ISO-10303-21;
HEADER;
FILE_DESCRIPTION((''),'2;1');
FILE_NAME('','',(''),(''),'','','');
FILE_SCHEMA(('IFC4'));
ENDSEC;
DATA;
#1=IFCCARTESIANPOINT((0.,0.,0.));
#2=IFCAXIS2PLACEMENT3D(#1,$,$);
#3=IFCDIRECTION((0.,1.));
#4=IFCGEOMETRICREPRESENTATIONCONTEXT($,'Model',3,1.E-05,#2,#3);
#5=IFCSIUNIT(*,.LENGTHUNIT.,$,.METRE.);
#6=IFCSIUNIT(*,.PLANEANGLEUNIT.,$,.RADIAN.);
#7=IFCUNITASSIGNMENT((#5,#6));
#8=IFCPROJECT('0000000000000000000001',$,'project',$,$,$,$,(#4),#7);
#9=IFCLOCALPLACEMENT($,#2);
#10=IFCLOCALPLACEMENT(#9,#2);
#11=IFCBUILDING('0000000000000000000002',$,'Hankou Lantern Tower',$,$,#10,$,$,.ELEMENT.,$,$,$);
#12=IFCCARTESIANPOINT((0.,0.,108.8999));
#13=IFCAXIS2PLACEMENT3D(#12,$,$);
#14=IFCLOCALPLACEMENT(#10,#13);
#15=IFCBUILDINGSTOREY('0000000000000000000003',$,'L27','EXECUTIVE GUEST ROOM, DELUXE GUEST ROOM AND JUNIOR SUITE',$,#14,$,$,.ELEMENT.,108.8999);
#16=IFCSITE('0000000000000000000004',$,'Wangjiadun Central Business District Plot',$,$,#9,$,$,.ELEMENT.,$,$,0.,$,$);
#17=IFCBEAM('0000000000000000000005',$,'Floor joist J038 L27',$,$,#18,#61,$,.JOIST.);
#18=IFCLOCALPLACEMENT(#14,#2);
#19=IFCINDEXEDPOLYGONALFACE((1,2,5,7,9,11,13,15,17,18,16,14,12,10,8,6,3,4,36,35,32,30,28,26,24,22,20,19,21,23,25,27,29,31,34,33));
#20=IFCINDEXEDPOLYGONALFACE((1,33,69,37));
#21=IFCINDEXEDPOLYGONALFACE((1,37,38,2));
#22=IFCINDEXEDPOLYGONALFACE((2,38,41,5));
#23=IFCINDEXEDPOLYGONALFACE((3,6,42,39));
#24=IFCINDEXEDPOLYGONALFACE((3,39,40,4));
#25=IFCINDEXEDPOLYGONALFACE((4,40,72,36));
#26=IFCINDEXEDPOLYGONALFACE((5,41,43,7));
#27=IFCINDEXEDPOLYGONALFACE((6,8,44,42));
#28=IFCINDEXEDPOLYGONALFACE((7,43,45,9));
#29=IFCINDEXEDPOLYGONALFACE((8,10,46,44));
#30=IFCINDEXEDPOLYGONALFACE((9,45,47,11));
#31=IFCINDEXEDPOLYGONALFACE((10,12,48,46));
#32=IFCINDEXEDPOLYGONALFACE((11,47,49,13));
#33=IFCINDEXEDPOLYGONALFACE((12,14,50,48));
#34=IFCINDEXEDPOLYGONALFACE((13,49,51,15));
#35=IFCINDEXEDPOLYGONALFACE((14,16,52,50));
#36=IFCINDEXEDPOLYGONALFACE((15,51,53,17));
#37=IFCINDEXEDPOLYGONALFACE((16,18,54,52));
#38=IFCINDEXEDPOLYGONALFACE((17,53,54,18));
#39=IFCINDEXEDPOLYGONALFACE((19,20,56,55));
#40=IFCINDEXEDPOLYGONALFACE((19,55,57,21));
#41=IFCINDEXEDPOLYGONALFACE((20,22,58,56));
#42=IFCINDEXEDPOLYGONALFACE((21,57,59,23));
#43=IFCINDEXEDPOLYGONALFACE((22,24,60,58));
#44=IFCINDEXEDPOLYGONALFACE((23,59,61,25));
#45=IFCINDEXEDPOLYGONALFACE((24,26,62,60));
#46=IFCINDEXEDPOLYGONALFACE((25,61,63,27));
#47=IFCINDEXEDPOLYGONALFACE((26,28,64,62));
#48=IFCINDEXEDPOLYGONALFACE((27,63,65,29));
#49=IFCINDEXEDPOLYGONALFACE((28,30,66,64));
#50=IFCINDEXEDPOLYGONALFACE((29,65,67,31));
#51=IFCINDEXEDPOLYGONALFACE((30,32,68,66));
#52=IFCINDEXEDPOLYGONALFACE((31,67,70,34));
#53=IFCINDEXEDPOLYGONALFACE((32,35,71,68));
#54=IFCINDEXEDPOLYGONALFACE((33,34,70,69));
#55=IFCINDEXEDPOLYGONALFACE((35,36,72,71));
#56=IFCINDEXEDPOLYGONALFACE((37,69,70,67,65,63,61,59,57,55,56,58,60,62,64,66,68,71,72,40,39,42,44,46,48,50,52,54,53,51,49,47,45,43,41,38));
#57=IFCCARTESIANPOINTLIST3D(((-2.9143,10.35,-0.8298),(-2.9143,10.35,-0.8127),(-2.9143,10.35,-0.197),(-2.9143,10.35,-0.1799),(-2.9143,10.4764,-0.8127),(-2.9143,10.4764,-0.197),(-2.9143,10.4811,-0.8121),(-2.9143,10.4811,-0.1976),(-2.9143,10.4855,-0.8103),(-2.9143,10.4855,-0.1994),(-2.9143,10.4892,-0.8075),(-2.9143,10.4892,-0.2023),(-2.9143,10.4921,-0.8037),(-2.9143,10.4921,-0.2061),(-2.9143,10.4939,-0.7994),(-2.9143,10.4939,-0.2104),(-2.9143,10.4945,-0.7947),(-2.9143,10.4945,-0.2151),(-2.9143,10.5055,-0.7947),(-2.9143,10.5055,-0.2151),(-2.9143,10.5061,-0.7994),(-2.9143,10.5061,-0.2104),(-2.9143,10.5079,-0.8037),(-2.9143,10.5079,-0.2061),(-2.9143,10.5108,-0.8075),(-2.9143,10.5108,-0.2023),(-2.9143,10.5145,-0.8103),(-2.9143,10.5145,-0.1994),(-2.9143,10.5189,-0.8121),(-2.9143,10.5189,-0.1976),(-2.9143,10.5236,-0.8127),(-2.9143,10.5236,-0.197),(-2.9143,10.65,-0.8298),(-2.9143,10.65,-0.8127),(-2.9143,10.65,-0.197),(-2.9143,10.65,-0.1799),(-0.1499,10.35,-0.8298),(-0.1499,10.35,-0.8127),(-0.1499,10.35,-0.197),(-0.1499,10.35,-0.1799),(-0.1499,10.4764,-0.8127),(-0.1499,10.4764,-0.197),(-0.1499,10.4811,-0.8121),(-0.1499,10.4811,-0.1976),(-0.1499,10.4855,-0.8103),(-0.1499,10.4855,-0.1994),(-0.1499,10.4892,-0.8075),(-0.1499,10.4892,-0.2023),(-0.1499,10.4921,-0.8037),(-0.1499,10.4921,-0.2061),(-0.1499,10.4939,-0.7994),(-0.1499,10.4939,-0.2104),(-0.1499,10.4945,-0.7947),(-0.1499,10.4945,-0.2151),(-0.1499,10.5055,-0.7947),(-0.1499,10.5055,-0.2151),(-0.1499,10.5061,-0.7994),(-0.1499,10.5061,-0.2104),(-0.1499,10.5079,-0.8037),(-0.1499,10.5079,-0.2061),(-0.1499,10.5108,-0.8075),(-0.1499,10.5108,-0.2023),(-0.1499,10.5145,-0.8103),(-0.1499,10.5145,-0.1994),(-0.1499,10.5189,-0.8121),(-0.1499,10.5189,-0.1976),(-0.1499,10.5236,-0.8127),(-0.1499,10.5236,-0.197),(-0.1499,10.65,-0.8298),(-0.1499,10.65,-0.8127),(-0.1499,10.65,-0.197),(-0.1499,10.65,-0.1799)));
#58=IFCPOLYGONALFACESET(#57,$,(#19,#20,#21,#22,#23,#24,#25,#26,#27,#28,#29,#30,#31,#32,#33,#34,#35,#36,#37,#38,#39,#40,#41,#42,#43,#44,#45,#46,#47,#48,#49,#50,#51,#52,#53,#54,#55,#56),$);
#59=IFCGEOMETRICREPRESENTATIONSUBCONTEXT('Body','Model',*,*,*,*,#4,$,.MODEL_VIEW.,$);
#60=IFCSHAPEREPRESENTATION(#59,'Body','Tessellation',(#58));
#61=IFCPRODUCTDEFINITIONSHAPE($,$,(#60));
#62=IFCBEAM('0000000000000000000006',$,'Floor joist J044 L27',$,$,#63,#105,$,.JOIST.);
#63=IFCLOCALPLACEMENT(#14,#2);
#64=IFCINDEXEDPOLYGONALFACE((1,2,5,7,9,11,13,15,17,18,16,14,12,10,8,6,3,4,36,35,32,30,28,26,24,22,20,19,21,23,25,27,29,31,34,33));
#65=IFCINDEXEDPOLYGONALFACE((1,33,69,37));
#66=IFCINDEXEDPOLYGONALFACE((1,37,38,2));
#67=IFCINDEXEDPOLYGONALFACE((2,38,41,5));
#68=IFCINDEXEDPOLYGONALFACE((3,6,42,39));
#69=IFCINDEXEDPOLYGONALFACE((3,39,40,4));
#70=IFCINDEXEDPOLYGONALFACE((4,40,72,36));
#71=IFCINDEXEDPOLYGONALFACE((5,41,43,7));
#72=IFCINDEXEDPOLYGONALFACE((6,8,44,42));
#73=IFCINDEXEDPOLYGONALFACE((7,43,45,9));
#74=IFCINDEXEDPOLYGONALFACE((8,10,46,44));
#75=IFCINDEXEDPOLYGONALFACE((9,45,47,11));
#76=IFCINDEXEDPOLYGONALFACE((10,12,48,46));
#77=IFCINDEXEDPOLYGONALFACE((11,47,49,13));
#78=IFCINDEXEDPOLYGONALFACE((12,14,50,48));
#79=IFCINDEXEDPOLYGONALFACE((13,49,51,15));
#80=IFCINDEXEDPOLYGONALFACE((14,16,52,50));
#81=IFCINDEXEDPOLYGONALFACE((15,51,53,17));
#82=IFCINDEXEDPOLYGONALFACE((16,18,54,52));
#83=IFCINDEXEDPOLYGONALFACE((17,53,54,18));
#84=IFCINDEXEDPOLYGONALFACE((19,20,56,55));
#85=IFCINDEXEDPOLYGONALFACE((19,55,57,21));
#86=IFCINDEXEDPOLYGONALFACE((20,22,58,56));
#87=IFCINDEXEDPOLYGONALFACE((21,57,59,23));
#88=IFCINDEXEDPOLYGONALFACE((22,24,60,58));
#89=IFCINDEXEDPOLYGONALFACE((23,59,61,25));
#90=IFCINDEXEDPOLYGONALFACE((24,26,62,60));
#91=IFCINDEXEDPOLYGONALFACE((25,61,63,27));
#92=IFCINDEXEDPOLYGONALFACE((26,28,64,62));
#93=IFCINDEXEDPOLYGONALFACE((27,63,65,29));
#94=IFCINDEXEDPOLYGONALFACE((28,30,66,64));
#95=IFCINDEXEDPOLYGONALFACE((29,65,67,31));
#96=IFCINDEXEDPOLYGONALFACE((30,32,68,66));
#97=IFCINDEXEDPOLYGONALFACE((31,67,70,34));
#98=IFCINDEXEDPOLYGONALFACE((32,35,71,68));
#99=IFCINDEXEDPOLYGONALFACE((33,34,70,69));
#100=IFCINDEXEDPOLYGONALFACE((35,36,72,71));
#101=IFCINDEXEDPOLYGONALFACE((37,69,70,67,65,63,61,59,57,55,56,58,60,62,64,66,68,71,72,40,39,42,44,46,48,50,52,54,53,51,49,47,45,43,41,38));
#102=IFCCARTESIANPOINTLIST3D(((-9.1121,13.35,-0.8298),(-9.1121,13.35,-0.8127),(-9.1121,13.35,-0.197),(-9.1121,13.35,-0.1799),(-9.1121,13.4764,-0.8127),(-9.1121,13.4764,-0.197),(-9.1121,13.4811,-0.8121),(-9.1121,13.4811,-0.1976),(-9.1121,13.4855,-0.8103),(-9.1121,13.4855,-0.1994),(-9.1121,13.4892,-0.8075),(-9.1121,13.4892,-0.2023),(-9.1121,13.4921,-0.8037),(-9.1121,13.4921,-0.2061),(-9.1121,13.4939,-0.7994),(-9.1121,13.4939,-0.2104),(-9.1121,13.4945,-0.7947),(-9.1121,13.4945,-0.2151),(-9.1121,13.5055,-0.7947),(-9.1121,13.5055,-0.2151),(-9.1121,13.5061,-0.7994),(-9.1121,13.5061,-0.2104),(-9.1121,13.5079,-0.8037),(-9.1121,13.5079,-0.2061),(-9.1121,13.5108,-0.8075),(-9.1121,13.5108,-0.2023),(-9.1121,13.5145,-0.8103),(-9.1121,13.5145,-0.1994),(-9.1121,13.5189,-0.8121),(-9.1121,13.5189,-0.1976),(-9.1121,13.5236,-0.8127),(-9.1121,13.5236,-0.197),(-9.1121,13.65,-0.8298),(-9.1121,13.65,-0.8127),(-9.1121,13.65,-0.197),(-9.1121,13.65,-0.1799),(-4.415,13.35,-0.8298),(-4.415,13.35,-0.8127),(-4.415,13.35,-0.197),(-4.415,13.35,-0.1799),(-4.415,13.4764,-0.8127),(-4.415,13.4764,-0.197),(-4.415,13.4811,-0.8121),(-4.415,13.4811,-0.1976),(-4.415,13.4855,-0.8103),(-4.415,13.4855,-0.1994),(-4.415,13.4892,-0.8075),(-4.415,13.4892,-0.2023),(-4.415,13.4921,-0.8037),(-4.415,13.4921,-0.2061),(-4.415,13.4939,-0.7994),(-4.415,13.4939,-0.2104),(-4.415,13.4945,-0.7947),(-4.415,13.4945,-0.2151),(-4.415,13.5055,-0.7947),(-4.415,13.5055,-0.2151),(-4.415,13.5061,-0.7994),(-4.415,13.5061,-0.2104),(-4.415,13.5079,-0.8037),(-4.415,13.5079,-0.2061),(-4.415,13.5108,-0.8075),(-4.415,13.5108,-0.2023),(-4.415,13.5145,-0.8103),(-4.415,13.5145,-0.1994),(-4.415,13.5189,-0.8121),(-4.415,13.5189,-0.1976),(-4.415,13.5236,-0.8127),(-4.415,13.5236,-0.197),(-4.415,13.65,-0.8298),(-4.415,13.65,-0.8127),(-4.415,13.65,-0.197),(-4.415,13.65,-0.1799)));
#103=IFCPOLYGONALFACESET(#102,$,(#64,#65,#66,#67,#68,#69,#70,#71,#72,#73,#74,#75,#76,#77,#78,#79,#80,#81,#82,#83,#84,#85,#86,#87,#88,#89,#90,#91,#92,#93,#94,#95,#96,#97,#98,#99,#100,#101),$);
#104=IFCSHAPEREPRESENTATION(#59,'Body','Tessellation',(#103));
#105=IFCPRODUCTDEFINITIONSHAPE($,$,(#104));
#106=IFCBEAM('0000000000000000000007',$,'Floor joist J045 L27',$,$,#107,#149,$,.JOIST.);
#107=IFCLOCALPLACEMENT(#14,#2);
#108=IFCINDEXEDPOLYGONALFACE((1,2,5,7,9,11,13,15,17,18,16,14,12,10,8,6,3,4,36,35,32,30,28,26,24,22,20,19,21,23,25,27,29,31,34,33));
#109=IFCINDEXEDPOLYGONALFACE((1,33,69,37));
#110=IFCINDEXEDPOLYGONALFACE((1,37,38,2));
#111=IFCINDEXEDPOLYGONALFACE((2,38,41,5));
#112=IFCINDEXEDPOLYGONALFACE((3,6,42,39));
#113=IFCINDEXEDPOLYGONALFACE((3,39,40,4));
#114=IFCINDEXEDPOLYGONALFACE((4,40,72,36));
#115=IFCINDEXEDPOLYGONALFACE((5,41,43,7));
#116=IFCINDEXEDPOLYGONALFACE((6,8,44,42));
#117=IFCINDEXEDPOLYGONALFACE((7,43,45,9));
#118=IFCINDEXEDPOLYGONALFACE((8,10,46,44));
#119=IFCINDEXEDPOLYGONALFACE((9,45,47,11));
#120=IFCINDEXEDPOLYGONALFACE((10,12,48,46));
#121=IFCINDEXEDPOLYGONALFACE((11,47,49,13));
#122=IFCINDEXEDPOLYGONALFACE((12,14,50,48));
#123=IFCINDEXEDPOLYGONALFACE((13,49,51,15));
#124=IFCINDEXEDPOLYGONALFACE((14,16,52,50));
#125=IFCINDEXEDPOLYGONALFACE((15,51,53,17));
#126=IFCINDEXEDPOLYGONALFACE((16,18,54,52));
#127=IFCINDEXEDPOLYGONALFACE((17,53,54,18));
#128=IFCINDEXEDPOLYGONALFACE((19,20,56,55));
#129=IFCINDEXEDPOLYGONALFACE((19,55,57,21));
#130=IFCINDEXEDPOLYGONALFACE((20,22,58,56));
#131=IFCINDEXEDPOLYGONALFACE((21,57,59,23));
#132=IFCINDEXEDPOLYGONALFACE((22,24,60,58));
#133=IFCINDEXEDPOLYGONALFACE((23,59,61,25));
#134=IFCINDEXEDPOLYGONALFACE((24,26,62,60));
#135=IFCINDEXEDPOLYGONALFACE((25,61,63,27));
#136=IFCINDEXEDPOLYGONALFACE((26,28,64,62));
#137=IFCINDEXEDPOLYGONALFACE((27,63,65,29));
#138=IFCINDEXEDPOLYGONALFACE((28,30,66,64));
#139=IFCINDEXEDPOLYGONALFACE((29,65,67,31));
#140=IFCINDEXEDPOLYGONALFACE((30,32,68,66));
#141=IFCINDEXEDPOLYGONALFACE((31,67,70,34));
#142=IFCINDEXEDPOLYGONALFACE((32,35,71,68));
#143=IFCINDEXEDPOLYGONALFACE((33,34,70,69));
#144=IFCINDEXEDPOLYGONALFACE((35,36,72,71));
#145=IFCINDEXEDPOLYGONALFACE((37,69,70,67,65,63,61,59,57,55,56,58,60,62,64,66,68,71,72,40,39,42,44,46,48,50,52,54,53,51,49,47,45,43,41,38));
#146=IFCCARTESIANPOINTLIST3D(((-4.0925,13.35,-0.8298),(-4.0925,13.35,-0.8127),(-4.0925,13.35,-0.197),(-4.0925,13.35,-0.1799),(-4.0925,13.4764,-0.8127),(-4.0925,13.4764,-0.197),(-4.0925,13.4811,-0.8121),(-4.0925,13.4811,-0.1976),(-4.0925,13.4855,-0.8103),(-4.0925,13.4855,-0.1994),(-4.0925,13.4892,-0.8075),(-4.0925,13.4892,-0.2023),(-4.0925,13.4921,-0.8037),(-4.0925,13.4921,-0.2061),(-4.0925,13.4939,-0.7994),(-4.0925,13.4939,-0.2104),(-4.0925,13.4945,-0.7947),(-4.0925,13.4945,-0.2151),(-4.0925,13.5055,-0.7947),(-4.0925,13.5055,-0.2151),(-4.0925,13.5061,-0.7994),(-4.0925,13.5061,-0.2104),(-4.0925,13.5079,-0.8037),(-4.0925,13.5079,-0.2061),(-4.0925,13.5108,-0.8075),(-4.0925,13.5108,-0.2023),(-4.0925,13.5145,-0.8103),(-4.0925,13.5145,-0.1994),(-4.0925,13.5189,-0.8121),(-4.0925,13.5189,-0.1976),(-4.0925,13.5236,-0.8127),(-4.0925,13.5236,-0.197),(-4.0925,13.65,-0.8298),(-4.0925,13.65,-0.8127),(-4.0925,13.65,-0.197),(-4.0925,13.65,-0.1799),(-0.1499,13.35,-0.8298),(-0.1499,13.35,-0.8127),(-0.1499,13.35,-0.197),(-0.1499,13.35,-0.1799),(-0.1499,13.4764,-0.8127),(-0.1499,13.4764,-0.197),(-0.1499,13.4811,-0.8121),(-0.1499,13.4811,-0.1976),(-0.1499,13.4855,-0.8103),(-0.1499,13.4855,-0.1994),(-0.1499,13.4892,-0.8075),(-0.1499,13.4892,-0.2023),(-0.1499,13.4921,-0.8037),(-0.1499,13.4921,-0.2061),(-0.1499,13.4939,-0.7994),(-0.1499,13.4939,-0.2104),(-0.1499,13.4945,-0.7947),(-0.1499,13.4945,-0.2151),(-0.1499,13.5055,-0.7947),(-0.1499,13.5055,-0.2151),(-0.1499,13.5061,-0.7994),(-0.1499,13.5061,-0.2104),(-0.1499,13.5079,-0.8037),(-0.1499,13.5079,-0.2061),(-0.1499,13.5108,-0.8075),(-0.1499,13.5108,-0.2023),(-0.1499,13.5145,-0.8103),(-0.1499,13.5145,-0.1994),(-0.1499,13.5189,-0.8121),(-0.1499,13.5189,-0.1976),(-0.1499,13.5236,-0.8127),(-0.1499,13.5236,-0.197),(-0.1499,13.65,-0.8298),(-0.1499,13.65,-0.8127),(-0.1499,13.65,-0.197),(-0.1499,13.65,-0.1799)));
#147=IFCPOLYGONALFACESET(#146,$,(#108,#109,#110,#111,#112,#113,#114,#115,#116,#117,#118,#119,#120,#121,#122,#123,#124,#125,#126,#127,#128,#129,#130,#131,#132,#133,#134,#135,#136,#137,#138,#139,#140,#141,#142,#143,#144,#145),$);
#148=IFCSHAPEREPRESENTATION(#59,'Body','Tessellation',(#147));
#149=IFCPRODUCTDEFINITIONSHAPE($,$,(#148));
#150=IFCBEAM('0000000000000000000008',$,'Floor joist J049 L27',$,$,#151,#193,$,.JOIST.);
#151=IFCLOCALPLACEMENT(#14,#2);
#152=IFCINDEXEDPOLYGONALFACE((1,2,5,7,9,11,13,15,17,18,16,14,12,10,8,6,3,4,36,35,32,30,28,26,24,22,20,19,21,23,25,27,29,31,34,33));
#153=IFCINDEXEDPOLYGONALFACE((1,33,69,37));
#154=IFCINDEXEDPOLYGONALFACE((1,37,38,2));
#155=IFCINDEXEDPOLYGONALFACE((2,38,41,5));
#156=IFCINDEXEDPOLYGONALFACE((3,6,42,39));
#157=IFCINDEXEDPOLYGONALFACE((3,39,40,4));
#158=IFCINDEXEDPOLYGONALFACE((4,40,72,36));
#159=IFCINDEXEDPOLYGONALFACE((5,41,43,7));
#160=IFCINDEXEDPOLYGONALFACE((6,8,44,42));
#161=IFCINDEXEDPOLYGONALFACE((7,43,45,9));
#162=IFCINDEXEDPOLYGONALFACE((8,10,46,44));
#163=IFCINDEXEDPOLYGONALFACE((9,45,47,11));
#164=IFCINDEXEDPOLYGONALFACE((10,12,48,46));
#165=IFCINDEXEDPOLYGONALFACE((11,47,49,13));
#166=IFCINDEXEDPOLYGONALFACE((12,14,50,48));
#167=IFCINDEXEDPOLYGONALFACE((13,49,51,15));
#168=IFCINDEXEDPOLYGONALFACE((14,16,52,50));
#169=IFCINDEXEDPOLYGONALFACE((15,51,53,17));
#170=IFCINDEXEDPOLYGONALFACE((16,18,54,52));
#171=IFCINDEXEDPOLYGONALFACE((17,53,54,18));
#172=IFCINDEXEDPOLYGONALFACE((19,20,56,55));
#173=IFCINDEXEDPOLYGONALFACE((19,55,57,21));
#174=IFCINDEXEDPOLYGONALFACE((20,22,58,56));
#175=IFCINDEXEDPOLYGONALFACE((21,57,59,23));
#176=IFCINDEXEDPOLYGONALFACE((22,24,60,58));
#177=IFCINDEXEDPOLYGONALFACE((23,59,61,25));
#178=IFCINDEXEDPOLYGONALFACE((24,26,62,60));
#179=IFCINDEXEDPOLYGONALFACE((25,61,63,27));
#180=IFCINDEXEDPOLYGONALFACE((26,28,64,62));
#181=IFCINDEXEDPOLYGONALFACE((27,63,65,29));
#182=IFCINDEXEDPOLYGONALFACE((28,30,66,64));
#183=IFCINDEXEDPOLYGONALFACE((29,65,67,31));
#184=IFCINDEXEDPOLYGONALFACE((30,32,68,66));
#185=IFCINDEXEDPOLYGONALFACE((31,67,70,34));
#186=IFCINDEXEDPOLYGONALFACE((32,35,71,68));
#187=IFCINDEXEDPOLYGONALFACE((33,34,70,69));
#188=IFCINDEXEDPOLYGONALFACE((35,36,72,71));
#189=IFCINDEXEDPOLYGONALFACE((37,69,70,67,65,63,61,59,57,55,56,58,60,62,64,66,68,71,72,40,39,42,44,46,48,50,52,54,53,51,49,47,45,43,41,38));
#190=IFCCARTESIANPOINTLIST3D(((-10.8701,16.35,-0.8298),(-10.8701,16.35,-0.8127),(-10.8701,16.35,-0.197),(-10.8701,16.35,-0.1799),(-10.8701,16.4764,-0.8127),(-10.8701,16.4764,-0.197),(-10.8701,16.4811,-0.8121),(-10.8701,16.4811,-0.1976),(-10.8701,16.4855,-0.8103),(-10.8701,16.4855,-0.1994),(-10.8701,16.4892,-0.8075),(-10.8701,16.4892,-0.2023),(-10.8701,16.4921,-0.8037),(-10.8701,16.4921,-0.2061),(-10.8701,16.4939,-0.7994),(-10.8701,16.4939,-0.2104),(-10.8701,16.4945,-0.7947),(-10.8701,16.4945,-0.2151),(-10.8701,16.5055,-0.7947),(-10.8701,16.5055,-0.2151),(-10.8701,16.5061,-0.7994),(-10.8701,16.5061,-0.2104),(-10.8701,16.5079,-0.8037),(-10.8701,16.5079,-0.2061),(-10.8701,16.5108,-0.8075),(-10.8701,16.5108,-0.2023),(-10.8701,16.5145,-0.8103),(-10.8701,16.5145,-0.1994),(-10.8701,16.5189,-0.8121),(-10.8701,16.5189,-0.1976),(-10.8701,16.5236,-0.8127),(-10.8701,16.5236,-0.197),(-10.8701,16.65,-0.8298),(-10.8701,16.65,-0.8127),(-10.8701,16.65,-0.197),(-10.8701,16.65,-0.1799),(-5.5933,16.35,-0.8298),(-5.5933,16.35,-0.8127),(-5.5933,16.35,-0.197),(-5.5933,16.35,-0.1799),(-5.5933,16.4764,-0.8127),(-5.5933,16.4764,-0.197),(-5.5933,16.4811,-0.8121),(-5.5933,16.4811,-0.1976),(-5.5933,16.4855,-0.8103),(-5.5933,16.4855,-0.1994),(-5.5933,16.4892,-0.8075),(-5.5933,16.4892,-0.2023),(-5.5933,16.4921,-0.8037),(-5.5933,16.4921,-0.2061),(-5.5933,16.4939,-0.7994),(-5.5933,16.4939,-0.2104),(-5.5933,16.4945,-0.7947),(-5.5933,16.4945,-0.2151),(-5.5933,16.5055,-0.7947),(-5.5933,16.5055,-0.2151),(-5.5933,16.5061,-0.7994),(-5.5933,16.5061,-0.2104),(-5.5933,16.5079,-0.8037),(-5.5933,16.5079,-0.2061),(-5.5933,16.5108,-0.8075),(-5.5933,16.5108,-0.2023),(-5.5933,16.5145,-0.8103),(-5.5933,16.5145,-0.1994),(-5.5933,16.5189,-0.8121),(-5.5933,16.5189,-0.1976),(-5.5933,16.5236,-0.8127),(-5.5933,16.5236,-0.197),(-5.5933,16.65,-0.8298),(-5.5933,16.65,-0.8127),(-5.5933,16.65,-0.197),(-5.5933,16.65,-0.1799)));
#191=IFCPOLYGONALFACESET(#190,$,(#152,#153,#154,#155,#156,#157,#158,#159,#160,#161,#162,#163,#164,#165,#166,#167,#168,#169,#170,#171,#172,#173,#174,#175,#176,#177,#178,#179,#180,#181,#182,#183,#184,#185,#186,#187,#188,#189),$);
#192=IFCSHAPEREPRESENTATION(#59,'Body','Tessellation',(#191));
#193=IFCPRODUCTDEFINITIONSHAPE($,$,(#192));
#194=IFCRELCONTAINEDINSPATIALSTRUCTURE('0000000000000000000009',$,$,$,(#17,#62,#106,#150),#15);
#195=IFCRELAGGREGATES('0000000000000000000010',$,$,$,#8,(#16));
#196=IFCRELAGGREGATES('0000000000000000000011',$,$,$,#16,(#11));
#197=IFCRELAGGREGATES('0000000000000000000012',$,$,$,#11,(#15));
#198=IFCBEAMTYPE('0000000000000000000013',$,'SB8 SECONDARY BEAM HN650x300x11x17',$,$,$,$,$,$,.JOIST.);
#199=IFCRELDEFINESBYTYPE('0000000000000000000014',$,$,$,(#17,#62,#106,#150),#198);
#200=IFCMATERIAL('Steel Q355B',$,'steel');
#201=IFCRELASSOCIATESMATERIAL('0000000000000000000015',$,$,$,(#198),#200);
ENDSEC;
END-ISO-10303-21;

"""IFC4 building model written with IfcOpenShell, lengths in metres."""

from ifc_helpers import new_model, si_unit, direction, frame, origin, origin_2d, place, context, subcontext, project, spatial, i_section, extrude, material, material_profile, profile_set, type_object, element, save


model = new_model("IFC4")

# Units and contexts
model_context = context("Model", 3, precision=1e-05, world=origin(), true_north=direction((0.0, 1.0)))
body_context = subcontext(model_context, "Body", "Model", "MODEL_VIEW")
ifc_project = project(units=[si_unit("LENGTHUNIT", "METRE"), si_unit("PLANEANGLEUNIT", "RADIAN")], contexts=[model_context])

# Site, building, storey
site_placement = place(None, origin())
site = spatial("IfcSite", under=ifc_project, at=site_placement, Name="Wangjiadun Central Business District Plot", CompositionType="ELEMENT", RefElevation=0.0)
building_placement = place(site_placement, origin())
building = spatial("IfcBuilding", under=site, at=building_placement, Name="Hankou Lantern Tower", CompositionType="ELEMENT")
storey_placement = place(building_placement, frame((0.0, 0.0, 108.8999)))
storey = spatial("IfcBuildingStorey", under=building, at=storey_placement, Name="L27", Description="EXECUTIVE GUEST ROOM, DELUXE GUEST ROOM AND JUNIOR SUITE", CompositionType="ELEMENT", Elevation=108.8999)

# Beams
ifc_material_1 = material(Name="Steel Q355B", Category="steel")
ifc_material_profile_1 = material_profile(ifc_material_1, i_section(OverallWidth=0.3, OverallDepth=0.6499, WebThickness=0.011, FlangeThickness=0.0171, FilletRadius=0.0181, at=origin_2d()), Name="HN650x300x11x17")
ifc_profile_set_1 = profile_set([ifc_material_profile_1], Name="Steel Q355B")
beam_type_1 = type_object("IfcBeamType", Name="SB8 SECONDARY BEAM HN650x300x11x17", PredefinedType="JOIST", material=ifc_profile_set_1)
beam_1_placement = place(storey_placement, frame((-2.9143, 10.5, -0.5049), z_axis=(1.0, 0.0, 0.0), x_axis=(0.0, 1.0, 0.0)))
element("IfcBeam", 1, at=beam_1_placement, inside=storey, type_object=beam_type_1, Name="Floor joist J038 L27", PredefinedType="JOIST", context=body_context, shape_type="SweptSolid", body=[
    extrude(i_section(OverallWidth=0.3, OverallDepth=0.6499, WebThickness=0.011, FlangeThickness=0.0171, FilletRadius=0.0181, at=origin_2d()), origin(), (0.0, 0.0, 1.0), 2.7644),
])
beam_2_placement = place(storey_placement, frame((-9.1121, 13.5, -0.5049), z_axis=(1.0, 0.0, 0.0), x_axis=(0.0, 1.0, 0.0)))
element("IfcBeam", 2, at=beam_2_placement, inside=storey, type_object=beam_type_1, Name="Floor joist J044 L27", PredefinedType="JOIST", context=body_context, shape_type="SweptSolid", body=[
    extrude(i_section(OverallWidth=0.3, OverallDepth=0.6499, WebThickness=0.011, FlangeThickness=0.0171, FilletRadius=0.0181, at=origin_2d()), origin(), (0.0, 0.0, 1.0), 4.697),
])
beam_3_placement = place(storey_placement, frame((-4.0925, 13.5, -0.5049), z_axis=(1.0, 0.0, 0.0), x_axis=(0.0, 1.0, 0.0)))
element("IfcBeam", 3, at=beam_3_placement, inside=storey, type_object=beam_type_1, Name="Floor joist J045 L27", PredefinedType="JOIST", context=body_context, shape_type="SweptSolid", body=[
    extrude(i_section(OverallWidth=0.3, OverallDepth=0.6499, WebThickness=0.011, FlangeThickness=0.0171, FilletRadius=0.0181, at=origin_2d()), origin(), (0.0, 0.0, 1.0), 3.9426),
])
beam_4_placement = place(storey_placement, frame((-10.8701, 16.5, -0.5049), z_axis=(1.0, 0.0, 0.0), x_axis=(0.0, 1.0, 0.0)))
element("IfcBeam", 4, at=beam_4_placement, inside=storey, type_object=beam_type_1, Name="Floor joist J049 L27", PredefinedType="JOIST", context=body_context, shape_type="SweptSolid", body=[
    extrude(i_section(OverallWidth=0.3, OverallDepth=0.6499, WebThickness=0.011, FlangeThickness=0.0171, FilletRadius=0.0181, at=origin_2d()), origin(), (0.0, 0.0, 1.0), 5.2769),
])

save(model, "model.ifc")
